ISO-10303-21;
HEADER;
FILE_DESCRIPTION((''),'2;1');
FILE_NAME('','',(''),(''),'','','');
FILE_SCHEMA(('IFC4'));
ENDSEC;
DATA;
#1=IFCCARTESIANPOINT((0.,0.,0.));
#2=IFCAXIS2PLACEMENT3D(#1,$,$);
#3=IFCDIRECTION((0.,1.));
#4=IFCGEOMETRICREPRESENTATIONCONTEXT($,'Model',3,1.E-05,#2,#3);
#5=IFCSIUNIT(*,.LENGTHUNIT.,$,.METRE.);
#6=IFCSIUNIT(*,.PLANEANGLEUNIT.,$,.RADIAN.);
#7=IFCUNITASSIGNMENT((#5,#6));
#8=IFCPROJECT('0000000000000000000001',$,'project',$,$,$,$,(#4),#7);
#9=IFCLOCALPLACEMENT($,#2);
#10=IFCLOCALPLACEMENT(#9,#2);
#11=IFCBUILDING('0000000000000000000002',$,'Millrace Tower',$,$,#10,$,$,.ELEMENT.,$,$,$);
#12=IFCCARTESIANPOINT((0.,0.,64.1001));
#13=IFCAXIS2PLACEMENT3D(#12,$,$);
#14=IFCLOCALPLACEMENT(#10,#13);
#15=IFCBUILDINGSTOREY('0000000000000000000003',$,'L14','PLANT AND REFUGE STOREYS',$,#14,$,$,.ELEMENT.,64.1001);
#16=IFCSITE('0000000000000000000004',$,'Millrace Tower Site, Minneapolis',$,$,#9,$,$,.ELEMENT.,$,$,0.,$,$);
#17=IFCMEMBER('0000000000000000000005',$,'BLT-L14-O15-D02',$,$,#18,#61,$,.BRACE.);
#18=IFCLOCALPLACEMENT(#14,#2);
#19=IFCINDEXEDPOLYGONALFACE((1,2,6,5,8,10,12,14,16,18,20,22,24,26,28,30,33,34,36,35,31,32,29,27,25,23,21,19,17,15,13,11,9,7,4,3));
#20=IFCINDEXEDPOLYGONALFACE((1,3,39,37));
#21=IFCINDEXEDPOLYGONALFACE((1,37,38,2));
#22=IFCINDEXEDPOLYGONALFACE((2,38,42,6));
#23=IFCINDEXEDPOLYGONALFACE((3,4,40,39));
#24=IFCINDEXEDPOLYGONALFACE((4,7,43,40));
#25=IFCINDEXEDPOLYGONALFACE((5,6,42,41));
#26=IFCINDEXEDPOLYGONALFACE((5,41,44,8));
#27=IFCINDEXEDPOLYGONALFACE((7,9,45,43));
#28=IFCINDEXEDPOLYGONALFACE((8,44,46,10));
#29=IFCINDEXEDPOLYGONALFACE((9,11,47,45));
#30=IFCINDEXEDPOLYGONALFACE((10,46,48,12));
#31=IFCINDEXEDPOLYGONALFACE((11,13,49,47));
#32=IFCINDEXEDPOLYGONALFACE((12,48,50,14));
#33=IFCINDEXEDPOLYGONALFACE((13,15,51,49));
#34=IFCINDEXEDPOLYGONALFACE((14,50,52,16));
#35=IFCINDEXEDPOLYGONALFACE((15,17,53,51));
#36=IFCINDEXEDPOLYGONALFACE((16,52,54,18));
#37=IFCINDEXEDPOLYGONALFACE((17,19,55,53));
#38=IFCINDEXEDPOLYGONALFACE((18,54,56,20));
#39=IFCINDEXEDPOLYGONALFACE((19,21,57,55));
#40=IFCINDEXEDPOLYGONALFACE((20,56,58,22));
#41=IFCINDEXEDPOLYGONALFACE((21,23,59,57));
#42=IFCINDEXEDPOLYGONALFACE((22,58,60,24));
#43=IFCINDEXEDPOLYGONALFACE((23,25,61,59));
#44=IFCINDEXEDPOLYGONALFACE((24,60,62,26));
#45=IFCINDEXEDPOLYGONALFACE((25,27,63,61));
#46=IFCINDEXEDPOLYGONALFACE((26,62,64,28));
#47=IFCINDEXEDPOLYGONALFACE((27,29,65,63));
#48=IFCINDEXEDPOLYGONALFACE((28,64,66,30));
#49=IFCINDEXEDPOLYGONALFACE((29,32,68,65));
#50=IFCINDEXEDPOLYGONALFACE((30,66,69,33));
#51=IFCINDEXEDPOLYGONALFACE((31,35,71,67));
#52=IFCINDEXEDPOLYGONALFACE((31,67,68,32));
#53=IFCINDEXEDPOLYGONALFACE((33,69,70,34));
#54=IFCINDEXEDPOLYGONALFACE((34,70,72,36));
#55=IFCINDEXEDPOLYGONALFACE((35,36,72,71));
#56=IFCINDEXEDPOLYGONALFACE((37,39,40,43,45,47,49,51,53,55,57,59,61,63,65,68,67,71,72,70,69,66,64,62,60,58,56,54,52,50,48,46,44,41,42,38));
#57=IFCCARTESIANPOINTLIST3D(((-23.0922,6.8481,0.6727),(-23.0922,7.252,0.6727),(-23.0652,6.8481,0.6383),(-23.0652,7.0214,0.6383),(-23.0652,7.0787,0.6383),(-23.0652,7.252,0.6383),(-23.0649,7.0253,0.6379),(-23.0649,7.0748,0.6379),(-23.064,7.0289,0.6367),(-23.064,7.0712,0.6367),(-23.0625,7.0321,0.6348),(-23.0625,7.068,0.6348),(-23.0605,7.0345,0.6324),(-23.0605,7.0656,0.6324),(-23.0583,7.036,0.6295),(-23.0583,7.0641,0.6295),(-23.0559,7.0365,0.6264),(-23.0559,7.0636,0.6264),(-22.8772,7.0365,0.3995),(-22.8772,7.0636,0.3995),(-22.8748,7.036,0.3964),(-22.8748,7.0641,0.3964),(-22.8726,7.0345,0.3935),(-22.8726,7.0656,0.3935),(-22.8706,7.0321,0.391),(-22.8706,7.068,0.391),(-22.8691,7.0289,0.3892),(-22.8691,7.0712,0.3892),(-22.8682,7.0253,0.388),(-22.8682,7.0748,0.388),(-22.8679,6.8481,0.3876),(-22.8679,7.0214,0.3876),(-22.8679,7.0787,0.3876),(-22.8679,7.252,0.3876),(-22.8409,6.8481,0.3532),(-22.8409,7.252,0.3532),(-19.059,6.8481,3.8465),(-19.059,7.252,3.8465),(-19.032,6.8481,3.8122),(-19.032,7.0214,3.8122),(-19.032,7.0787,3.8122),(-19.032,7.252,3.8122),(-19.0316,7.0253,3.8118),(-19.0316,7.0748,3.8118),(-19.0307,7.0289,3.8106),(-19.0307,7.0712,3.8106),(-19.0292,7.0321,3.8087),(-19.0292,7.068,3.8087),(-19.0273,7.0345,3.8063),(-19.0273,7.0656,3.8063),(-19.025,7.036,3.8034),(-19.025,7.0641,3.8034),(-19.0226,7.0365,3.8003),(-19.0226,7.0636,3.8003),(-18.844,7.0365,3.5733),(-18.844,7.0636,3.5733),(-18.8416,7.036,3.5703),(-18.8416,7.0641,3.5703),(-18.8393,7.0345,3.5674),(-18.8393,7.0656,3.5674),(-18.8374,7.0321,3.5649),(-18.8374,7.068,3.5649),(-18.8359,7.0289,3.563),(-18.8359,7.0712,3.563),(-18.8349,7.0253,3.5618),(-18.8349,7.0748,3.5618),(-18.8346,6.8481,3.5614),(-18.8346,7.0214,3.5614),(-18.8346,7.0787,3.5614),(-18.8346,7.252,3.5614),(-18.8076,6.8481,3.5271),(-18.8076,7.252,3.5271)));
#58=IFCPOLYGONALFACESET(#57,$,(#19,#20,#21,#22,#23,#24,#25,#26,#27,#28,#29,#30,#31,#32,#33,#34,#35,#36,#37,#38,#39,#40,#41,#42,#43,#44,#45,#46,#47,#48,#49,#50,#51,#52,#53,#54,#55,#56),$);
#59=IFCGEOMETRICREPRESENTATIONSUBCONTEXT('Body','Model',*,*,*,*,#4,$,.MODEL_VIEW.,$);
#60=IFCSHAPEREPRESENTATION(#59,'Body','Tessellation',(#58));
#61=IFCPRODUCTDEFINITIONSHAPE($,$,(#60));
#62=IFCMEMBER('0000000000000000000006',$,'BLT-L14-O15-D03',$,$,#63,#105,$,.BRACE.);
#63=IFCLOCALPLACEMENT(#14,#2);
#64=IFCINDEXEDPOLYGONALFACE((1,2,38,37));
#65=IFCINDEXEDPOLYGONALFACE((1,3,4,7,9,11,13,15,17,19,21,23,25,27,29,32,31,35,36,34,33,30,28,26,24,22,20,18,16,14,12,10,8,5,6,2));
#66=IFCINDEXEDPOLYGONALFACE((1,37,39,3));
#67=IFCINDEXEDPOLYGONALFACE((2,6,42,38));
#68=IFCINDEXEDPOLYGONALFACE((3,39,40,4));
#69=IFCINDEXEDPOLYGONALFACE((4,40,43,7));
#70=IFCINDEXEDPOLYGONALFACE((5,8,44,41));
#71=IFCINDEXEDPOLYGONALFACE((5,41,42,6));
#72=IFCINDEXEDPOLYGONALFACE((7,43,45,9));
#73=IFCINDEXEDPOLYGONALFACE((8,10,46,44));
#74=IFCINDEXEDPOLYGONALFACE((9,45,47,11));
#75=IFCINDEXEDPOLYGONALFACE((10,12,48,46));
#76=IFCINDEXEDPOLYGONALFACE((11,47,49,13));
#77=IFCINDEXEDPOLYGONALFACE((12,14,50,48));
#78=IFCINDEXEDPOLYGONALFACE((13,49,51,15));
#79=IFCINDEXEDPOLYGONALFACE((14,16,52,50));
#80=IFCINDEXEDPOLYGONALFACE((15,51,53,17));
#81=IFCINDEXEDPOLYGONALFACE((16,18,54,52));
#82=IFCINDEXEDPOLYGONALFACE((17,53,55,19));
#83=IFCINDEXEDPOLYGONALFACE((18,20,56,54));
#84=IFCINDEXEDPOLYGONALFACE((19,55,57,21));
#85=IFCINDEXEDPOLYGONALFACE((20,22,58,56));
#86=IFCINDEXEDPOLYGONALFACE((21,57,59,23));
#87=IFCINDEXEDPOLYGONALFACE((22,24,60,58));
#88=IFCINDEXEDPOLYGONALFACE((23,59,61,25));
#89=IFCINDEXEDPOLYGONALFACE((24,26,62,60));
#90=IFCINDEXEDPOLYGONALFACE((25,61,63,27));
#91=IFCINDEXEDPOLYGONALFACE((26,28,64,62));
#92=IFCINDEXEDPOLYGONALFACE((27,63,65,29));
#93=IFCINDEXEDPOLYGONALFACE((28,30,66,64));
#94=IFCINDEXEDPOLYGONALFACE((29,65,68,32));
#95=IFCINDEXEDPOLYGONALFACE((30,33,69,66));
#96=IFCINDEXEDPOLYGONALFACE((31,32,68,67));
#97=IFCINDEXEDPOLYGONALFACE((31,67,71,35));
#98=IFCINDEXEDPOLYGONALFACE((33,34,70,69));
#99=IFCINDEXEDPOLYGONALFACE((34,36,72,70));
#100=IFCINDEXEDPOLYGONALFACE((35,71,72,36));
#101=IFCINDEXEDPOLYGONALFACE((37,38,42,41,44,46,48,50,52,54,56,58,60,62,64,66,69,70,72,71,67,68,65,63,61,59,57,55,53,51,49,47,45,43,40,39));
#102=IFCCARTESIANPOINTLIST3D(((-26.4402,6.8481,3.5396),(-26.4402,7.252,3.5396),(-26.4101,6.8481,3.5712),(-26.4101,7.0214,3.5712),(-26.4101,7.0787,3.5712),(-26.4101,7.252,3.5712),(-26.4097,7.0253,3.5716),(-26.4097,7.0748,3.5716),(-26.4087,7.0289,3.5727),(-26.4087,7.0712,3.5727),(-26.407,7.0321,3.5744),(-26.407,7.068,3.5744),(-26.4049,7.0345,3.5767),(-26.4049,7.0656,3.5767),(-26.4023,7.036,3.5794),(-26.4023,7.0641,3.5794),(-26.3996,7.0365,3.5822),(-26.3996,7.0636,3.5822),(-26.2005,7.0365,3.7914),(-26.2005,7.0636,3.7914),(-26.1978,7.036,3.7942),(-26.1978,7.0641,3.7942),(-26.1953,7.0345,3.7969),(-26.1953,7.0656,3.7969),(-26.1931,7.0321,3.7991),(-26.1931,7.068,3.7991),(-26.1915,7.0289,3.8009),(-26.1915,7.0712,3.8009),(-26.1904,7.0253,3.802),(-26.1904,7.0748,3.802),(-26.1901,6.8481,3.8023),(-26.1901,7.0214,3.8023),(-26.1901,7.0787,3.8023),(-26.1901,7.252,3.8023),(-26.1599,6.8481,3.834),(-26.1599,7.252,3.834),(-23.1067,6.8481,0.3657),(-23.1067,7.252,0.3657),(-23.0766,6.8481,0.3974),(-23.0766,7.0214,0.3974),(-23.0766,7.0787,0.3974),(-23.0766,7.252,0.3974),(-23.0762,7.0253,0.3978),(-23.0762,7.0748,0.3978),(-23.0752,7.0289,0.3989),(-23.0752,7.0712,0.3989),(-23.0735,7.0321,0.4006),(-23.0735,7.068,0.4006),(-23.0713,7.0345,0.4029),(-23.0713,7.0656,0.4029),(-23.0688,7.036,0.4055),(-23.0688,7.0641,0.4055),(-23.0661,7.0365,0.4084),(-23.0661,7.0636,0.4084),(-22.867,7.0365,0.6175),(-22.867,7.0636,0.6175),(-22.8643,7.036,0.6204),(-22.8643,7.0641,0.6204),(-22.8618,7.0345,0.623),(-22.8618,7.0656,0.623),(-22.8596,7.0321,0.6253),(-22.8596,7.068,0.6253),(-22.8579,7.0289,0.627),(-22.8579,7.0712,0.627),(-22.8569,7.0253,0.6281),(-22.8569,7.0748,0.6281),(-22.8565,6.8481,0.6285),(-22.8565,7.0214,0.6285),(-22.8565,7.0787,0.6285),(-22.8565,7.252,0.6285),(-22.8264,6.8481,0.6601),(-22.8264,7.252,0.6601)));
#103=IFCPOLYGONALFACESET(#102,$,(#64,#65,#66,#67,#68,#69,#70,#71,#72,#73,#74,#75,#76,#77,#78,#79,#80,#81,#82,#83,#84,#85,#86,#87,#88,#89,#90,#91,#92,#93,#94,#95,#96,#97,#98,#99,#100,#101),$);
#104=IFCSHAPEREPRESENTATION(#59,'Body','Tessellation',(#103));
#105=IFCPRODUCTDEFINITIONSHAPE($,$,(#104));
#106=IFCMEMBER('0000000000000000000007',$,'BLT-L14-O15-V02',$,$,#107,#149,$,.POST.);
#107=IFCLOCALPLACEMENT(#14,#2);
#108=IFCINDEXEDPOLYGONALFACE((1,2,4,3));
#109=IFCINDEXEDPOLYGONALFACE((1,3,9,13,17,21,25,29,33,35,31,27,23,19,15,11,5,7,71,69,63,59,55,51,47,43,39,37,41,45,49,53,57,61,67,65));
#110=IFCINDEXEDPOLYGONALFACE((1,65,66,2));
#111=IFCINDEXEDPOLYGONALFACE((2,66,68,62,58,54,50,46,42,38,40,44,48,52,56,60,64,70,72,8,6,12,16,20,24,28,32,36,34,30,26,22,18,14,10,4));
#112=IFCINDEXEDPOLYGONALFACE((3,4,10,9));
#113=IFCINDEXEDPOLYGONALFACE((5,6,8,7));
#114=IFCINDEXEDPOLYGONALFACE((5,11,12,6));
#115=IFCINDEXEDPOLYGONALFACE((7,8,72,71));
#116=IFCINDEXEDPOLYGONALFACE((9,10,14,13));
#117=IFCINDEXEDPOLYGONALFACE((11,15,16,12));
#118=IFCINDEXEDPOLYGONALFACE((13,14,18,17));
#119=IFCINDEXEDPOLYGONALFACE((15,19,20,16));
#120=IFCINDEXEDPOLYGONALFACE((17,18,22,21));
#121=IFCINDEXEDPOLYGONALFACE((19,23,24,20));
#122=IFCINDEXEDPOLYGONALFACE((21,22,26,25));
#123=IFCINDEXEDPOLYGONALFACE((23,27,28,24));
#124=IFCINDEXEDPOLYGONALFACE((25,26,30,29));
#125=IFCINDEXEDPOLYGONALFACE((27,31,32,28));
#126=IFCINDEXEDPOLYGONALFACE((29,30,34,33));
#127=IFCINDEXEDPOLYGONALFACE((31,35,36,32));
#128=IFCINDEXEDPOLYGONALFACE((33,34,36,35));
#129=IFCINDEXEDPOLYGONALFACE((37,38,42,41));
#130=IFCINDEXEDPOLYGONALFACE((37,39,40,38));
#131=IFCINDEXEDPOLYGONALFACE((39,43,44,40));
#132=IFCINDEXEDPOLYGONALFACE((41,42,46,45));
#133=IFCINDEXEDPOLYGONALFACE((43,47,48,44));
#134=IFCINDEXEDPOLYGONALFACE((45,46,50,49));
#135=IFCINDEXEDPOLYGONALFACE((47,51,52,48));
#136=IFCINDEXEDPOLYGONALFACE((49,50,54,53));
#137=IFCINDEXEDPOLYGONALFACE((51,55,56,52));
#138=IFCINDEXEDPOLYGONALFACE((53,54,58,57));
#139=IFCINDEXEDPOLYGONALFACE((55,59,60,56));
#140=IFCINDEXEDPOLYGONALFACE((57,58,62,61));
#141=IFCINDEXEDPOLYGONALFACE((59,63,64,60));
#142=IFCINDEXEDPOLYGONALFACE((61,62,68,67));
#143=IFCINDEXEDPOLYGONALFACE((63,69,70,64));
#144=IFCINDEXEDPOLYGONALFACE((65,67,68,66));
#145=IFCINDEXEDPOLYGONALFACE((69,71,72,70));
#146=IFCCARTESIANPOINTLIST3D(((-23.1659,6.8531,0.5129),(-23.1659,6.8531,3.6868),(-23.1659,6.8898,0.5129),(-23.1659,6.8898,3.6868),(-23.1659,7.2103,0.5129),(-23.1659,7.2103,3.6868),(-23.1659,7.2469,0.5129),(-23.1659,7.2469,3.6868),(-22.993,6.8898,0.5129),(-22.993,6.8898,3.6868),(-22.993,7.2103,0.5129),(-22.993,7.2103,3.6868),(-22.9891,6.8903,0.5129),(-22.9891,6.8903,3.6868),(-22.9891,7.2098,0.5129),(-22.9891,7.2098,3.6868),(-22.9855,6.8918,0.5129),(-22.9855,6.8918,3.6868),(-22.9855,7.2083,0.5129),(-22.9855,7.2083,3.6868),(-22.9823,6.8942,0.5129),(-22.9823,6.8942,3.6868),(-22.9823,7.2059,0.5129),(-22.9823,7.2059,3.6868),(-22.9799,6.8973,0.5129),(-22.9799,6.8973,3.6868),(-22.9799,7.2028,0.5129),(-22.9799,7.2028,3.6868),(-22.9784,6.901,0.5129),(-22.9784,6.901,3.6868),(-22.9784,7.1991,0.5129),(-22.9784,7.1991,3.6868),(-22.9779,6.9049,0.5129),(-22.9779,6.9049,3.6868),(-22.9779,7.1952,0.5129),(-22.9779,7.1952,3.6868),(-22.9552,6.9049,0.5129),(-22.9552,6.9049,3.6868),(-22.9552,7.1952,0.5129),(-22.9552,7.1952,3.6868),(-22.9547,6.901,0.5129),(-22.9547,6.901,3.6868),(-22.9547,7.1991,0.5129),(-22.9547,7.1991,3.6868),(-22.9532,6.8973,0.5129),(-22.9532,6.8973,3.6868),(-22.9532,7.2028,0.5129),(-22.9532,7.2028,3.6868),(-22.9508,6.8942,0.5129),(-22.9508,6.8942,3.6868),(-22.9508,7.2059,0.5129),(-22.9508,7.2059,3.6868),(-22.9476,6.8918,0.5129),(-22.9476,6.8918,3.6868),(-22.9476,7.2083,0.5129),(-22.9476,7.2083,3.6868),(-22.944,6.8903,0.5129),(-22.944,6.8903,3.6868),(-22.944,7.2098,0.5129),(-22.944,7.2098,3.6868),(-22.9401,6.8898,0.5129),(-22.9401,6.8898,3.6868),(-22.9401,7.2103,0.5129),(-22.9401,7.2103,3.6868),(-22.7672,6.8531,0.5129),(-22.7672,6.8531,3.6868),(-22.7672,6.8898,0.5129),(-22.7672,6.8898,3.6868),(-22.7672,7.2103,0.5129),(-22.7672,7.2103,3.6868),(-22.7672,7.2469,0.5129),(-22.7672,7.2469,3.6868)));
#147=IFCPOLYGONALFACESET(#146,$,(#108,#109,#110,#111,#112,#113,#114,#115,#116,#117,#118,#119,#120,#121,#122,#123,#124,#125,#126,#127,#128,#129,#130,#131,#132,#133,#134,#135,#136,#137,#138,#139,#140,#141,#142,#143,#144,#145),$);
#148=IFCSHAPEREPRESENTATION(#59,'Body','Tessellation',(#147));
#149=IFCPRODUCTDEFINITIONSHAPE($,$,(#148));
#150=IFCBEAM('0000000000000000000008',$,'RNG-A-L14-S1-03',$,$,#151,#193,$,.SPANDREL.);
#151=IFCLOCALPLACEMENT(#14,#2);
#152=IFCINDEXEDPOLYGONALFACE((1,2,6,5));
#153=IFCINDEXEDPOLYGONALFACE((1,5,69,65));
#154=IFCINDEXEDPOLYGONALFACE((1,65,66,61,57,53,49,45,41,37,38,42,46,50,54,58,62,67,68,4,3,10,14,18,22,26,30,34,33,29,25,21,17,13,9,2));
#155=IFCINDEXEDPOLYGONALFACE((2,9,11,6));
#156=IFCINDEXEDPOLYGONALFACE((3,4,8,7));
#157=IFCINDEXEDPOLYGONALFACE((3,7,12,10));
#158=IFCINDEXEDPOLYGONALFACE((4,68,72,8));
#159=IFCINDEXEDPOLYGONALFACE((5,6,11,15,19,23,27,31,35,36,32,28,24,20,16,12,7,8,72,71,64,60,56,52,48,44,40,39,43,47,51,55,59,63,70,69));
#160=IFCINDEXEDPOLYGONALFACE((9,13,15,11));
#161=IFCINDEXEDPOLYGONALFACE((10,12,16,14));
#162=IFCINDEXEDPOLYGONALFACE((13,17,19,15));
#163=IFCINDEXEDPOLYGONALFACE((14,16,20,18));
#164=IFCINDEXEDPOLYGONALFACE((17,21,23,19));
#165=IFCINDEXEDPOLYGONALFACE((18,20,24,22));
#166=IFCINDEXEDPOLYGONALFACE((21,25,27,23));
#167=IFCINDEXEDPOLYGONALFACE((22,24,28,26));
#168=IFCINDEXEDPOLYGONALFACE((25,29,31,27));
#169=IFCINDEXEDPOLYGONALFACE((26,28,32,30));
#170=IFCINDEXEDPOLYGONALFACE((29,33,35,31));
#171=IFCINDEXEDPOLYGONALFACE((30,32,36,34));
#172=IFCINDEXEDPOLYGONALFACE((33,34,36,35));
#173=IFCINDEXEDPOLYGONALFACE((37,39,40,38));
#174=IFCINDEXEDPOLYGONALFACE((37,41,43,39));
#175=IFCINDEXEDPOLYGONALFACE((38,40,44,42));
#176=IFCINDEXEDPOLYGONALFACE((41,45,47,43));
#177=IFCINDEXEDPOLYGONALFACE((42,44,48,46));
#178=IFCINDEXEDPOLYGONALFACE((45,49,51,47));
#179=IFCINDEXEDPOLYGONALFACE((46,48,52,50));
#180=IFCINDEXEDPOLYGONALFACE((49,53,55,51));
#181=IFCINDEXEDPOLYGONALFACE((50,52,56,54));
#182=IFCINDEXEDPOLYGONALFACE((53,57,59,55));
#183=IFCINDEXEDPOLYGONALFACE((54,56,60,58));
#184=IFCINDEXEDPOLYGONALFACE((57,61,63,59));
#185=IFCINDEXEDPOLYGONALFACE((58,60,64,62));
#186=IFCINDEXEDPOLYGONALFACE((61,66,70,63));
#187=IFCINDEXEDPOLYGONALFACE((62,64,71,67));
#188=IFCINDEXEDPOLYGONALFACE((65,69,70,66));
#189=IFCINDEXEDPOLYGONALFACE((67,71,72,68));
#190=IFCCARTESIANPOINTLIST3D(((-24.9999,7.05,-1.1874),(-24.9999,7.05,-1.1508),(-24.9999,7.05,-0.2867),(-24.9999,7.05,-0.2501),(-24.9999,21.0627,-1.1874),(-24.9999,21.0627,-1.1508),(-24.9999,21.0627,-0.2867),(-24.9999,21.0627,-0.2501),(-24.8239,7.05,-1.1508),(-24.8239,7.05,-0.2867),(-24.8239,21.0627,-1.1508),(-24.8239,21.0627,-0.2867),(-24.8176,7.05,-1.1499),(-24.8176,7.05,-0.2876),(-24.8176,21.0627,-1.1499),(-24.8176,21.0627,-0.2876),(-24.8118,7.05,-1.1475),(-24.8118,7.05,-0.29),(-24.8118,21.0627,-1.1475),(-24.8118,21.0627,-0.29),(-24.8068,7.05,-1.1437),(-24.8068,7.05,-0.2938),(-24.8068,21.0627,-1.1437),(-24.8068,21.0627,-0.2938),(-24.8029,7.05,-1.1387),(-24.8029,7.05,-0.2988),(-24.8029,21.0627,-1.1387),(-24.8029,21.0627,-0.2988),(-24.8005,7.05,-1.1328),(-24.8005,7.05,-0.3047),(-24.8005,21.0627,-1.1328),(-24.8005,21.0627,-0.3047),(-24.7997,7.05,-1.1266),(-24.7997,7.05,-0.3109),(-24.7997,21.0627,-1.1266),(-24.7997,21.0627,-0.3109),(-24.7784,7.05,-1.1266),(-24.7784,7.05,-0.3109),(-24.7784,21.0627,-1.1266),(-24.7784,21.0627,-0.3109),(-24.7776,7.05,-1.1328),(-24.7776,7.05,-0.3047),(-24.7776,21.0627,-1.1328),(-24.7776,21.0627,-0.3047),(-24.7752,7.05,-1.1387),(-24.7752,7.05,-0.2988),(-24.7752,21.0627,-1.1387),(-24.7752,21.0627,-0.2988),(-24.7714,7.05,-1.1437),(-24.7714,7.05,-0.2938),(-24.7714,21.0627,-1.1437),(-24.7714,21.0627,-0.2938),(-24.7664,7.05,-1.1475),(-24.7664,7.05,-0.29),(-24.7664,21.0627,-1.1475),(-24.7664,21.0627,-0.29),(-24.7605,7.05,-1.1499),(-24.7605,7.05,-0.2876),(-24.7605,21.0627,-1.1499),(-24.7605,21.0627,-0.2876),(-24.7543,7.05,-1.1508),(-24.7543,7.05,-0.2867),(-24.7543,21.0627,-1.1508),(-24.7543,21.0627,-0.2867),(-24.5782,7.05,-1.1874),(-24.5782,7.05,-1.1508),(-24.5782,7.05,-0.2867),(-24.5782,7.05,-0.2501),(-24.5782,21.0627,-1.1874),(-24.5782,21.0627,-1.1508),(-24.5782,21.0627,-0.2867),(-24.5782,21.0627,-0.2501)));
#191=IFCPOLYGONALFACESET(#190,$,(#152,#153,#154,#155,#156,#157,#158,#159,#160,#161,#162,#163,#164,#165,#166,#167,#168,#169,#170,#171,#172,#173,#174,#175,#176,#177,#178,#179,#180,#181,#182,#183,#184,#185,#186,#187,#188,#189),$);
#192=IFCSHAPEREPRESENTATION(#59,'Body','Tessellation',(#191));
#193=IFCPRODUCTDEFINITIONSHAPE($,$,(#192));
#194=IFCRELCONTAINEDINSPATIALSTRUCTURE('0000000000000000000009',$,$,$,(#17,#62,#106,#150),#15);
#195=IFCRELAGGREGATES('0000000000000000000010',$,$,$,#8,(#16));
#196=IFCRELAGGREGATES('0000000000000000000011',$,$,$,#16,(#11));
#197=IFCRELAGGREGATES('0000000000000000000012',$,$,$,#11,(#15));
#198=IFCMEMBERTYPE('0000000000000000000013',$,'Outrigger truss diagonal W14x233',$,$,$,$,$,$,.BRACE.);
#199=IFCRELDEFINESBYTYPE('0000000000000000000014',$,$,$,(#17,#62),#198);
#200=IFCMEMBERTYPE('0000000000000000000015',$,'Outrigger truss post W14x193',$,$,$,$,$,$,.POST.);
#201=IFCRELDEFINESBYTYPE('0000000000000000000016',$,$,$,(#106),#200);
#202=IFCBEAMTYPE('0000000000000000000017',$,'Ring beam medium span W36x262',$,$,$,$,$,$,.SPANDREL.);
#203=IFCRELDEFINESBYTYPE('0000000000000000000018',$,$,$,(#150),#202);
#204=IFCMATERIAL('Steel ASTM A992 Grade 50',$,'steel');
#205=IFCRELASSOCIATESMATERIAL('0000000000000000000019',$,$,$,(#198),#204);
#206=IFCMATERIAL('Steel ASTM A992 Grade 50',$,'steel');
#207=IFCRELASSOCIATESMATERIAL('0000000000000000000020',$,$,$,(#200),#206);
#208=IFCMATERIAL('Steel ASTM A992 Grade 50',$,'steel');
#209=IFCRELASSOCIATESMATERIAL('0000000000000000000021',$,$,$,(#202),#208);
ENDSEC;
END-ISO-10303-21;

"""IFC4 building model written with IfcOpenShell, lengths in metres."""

from ifc_helpers import new_model, si_unit, direction, frame, origin, origin_2d, place, context, subcontext, project, spatial, i_section, extrude, material, material_profile, profile_set, type_object, element, save


model = new_model("IFC4")

# Units and contexts
model_context = context("Model", 3, precision=1e-05, world=origin(), true_north=direction((0.0, 1.0)))
body_context = subcontext(model_context, "Body", "Model", "MODEL_VIEW")
ifc_project = project(units=[si_unit("LENGTHUNIT", "METRE"), si_unit("PLANEANGLEUNIT", "RADIAN")], contexts=[model_context])

# Site, building, storey
site_placement = place(None, origin())
site = spatial("IfcSite", under=ifc_project, at=site_placement, Name="Millrace Tower Site, Minneapolis", CompositionType="ELEMENT", RefElevation=0.0)
building_placement = place(site_placement, origin())
building = spatial("IfcBuilding", under=site, at=building_placement, Name="Millrace Tower", CompositionType="ELEMENT")
storey_placement = place(building_placement, frame((0.0, 0.0, 64.1001)))
storey = spatial("IfcBuildingStorey", under=building, at=storey_placement, Name="L14", Description="PLANT AND REFUGE STOREYS", CompositionType="ELEMENT", Elevation=64.1001)

# Members
ifc_material_1 = material(Name="Steel ASTM A992 Grade 50", Category="steel")
ifc_material_profile_1 = material_profile(ifc_material_1, i_section(OverallWidth=0.4038, OverallDepth=0.4065, WebThickness=0.0271, FlangeThickness=0.0437, FilletRadius=0.0151, at=origin_2d()))
ifc_profile_set_1 = profile_set([ifc_material_profile_1], Name="Steel ASTM A992 Grade 50")
member_type_1 = type_object("IfcMemberType", Name="Outrigger truss diagonal W14x233", PredefinedType="BRACE", material=ifc_profile_set_1)
member_1_placement = place(storey_placement, frame((-22.9666, 7.05, 0.5129), z_axis=(0.785856, 0.0, 0.61841), x_axis=(0.0, 1.0, 0.0)))
element("IfcMember", 1, at=member_1_placement, inside=storey, type_object=member_type_1, Name="BLT-L14-O15-D02", PredefinedType="BRACE", context=body_context, shape_type="SweptSolid", body=[
    extrude(i_section(OverallWidth=0.4038, OverallDepth=0.4065, WebThickness=0.0271, FlangeThickness=0.0437, FilletRadius=0.0151, at=origin_2d()), origin(), (0.0, 0.0, 1.0), 5.1323),
])
member_2_placement = place(storey_placement, frame((-22.9666, 7.05, 0.5129), z_axis=(-0.724239, 0.0, 0.689549), x_axis=(0.0, -1.0, 0.0)))
element("IfcMember", 2, at=member_2_placement, inside=storey, type_object=member_type_1, Name="BLT-L14-O15-D03", PredefinedType="BRACE", context=body_context, shape_type="SweptSolid", body=[
    extrude(i_section(OverallWidth=0.4038, OverallDepth=0.4065, WebThickness=0.0271, FlangeThickness=0.0437, FilletRadius=0.0151, at=origin_2d()), origin(), (0.0, 0.0, 1.0), 4.6028),
])
ifc_material_2 = material(Name="Steel ASTM A992 Grade 50", Category="steel")
ifc_material_profile_2 = material_profile(ifc_material_2, i_section(OverallWidth=0.3987, OverallDepth=0.3938, WebThickness=0.0227, FlangeThickness=0.0366, FilletRadius=0.0151, at=origin_2d()))
ifc_profile_set_2 = profile_set([ifc_material_profile_2], Name="Steel ASTM A992 Grade 50")
member_type_2 = type_object("IfcMemberType", Name="Outrigger truss post W14x193", PredefinedType="POST", material=ifc_profile_set_2)
member_3_placement = place(storey_placement, frame((-22.9666, 7.05, 0.5129), z_axis=(0.0, 0.0, 1.0), x_axis=(1.0, 0.0, 0.0)))
element("IfcMember", 3, at=member_3_placement, inside=storey, type_object=member_type_2, Name="BLT-L14-O15-V02", PredefinedType="POST", context=body_context, shape_type="SweptSolid", body=[
    extrude(i_section(OverallWidth=0.3987, OverallDepth=0.3938, WebThickness=0.0227, FlangeThickness=0.0366, FilletRadius=0.0151, at=origin_2d()), origin(), (0.0, 0.0, 1.0), 3.1738),
])

# Beam
ifc_material_3 = material(Name="Steel ASTM A992 Grade 50", Category="steel")
ifc_material_profile_3 = material_profile(ifc_material_3, i_section(OverallWidth=0.4216, OverallDepth=0.9373, WebThickness=0.0212, FlangeThickness=0.0366, FilletRadius=0.0242, at=origin_2d()))
ifc_profile_set_3 = profile_set([ifc_material_profile_3], Name="Steel ASTM A992 Grade 50")
beam_type_1 = type_object("IfcBeamType", Name="Ring beam medium span W36x262", PredefinedType="SPANDREL", material=ifc_profile_set_3)
beam_1_placement = place(storey_placement, frame((-24.7891, 7.05, -0.7188), z_axis=(0.0, 1.0, 0.0), x_axis=(-1.0, 0.0, 0.0)))
element("IfcBeam", 4, at=beam_1_placement, inside=storey, type_object=beam_type_1, Name="RNG-A-L14-S1-03", PredefinedType="SPANDREL", context=body_context, shape_type="SweptSolid", body=[
    extrude(i_section(OverallWidth=0.4216, OverallDepth=0.9373, WebThickness=0.0212, FlangeThickness=0.0366, FilletRadius=0.0242, at=origin_2d()), origin(), (0.0, 0.0, 1.0), 14.0127),
])

save(model, "model.ifc")
